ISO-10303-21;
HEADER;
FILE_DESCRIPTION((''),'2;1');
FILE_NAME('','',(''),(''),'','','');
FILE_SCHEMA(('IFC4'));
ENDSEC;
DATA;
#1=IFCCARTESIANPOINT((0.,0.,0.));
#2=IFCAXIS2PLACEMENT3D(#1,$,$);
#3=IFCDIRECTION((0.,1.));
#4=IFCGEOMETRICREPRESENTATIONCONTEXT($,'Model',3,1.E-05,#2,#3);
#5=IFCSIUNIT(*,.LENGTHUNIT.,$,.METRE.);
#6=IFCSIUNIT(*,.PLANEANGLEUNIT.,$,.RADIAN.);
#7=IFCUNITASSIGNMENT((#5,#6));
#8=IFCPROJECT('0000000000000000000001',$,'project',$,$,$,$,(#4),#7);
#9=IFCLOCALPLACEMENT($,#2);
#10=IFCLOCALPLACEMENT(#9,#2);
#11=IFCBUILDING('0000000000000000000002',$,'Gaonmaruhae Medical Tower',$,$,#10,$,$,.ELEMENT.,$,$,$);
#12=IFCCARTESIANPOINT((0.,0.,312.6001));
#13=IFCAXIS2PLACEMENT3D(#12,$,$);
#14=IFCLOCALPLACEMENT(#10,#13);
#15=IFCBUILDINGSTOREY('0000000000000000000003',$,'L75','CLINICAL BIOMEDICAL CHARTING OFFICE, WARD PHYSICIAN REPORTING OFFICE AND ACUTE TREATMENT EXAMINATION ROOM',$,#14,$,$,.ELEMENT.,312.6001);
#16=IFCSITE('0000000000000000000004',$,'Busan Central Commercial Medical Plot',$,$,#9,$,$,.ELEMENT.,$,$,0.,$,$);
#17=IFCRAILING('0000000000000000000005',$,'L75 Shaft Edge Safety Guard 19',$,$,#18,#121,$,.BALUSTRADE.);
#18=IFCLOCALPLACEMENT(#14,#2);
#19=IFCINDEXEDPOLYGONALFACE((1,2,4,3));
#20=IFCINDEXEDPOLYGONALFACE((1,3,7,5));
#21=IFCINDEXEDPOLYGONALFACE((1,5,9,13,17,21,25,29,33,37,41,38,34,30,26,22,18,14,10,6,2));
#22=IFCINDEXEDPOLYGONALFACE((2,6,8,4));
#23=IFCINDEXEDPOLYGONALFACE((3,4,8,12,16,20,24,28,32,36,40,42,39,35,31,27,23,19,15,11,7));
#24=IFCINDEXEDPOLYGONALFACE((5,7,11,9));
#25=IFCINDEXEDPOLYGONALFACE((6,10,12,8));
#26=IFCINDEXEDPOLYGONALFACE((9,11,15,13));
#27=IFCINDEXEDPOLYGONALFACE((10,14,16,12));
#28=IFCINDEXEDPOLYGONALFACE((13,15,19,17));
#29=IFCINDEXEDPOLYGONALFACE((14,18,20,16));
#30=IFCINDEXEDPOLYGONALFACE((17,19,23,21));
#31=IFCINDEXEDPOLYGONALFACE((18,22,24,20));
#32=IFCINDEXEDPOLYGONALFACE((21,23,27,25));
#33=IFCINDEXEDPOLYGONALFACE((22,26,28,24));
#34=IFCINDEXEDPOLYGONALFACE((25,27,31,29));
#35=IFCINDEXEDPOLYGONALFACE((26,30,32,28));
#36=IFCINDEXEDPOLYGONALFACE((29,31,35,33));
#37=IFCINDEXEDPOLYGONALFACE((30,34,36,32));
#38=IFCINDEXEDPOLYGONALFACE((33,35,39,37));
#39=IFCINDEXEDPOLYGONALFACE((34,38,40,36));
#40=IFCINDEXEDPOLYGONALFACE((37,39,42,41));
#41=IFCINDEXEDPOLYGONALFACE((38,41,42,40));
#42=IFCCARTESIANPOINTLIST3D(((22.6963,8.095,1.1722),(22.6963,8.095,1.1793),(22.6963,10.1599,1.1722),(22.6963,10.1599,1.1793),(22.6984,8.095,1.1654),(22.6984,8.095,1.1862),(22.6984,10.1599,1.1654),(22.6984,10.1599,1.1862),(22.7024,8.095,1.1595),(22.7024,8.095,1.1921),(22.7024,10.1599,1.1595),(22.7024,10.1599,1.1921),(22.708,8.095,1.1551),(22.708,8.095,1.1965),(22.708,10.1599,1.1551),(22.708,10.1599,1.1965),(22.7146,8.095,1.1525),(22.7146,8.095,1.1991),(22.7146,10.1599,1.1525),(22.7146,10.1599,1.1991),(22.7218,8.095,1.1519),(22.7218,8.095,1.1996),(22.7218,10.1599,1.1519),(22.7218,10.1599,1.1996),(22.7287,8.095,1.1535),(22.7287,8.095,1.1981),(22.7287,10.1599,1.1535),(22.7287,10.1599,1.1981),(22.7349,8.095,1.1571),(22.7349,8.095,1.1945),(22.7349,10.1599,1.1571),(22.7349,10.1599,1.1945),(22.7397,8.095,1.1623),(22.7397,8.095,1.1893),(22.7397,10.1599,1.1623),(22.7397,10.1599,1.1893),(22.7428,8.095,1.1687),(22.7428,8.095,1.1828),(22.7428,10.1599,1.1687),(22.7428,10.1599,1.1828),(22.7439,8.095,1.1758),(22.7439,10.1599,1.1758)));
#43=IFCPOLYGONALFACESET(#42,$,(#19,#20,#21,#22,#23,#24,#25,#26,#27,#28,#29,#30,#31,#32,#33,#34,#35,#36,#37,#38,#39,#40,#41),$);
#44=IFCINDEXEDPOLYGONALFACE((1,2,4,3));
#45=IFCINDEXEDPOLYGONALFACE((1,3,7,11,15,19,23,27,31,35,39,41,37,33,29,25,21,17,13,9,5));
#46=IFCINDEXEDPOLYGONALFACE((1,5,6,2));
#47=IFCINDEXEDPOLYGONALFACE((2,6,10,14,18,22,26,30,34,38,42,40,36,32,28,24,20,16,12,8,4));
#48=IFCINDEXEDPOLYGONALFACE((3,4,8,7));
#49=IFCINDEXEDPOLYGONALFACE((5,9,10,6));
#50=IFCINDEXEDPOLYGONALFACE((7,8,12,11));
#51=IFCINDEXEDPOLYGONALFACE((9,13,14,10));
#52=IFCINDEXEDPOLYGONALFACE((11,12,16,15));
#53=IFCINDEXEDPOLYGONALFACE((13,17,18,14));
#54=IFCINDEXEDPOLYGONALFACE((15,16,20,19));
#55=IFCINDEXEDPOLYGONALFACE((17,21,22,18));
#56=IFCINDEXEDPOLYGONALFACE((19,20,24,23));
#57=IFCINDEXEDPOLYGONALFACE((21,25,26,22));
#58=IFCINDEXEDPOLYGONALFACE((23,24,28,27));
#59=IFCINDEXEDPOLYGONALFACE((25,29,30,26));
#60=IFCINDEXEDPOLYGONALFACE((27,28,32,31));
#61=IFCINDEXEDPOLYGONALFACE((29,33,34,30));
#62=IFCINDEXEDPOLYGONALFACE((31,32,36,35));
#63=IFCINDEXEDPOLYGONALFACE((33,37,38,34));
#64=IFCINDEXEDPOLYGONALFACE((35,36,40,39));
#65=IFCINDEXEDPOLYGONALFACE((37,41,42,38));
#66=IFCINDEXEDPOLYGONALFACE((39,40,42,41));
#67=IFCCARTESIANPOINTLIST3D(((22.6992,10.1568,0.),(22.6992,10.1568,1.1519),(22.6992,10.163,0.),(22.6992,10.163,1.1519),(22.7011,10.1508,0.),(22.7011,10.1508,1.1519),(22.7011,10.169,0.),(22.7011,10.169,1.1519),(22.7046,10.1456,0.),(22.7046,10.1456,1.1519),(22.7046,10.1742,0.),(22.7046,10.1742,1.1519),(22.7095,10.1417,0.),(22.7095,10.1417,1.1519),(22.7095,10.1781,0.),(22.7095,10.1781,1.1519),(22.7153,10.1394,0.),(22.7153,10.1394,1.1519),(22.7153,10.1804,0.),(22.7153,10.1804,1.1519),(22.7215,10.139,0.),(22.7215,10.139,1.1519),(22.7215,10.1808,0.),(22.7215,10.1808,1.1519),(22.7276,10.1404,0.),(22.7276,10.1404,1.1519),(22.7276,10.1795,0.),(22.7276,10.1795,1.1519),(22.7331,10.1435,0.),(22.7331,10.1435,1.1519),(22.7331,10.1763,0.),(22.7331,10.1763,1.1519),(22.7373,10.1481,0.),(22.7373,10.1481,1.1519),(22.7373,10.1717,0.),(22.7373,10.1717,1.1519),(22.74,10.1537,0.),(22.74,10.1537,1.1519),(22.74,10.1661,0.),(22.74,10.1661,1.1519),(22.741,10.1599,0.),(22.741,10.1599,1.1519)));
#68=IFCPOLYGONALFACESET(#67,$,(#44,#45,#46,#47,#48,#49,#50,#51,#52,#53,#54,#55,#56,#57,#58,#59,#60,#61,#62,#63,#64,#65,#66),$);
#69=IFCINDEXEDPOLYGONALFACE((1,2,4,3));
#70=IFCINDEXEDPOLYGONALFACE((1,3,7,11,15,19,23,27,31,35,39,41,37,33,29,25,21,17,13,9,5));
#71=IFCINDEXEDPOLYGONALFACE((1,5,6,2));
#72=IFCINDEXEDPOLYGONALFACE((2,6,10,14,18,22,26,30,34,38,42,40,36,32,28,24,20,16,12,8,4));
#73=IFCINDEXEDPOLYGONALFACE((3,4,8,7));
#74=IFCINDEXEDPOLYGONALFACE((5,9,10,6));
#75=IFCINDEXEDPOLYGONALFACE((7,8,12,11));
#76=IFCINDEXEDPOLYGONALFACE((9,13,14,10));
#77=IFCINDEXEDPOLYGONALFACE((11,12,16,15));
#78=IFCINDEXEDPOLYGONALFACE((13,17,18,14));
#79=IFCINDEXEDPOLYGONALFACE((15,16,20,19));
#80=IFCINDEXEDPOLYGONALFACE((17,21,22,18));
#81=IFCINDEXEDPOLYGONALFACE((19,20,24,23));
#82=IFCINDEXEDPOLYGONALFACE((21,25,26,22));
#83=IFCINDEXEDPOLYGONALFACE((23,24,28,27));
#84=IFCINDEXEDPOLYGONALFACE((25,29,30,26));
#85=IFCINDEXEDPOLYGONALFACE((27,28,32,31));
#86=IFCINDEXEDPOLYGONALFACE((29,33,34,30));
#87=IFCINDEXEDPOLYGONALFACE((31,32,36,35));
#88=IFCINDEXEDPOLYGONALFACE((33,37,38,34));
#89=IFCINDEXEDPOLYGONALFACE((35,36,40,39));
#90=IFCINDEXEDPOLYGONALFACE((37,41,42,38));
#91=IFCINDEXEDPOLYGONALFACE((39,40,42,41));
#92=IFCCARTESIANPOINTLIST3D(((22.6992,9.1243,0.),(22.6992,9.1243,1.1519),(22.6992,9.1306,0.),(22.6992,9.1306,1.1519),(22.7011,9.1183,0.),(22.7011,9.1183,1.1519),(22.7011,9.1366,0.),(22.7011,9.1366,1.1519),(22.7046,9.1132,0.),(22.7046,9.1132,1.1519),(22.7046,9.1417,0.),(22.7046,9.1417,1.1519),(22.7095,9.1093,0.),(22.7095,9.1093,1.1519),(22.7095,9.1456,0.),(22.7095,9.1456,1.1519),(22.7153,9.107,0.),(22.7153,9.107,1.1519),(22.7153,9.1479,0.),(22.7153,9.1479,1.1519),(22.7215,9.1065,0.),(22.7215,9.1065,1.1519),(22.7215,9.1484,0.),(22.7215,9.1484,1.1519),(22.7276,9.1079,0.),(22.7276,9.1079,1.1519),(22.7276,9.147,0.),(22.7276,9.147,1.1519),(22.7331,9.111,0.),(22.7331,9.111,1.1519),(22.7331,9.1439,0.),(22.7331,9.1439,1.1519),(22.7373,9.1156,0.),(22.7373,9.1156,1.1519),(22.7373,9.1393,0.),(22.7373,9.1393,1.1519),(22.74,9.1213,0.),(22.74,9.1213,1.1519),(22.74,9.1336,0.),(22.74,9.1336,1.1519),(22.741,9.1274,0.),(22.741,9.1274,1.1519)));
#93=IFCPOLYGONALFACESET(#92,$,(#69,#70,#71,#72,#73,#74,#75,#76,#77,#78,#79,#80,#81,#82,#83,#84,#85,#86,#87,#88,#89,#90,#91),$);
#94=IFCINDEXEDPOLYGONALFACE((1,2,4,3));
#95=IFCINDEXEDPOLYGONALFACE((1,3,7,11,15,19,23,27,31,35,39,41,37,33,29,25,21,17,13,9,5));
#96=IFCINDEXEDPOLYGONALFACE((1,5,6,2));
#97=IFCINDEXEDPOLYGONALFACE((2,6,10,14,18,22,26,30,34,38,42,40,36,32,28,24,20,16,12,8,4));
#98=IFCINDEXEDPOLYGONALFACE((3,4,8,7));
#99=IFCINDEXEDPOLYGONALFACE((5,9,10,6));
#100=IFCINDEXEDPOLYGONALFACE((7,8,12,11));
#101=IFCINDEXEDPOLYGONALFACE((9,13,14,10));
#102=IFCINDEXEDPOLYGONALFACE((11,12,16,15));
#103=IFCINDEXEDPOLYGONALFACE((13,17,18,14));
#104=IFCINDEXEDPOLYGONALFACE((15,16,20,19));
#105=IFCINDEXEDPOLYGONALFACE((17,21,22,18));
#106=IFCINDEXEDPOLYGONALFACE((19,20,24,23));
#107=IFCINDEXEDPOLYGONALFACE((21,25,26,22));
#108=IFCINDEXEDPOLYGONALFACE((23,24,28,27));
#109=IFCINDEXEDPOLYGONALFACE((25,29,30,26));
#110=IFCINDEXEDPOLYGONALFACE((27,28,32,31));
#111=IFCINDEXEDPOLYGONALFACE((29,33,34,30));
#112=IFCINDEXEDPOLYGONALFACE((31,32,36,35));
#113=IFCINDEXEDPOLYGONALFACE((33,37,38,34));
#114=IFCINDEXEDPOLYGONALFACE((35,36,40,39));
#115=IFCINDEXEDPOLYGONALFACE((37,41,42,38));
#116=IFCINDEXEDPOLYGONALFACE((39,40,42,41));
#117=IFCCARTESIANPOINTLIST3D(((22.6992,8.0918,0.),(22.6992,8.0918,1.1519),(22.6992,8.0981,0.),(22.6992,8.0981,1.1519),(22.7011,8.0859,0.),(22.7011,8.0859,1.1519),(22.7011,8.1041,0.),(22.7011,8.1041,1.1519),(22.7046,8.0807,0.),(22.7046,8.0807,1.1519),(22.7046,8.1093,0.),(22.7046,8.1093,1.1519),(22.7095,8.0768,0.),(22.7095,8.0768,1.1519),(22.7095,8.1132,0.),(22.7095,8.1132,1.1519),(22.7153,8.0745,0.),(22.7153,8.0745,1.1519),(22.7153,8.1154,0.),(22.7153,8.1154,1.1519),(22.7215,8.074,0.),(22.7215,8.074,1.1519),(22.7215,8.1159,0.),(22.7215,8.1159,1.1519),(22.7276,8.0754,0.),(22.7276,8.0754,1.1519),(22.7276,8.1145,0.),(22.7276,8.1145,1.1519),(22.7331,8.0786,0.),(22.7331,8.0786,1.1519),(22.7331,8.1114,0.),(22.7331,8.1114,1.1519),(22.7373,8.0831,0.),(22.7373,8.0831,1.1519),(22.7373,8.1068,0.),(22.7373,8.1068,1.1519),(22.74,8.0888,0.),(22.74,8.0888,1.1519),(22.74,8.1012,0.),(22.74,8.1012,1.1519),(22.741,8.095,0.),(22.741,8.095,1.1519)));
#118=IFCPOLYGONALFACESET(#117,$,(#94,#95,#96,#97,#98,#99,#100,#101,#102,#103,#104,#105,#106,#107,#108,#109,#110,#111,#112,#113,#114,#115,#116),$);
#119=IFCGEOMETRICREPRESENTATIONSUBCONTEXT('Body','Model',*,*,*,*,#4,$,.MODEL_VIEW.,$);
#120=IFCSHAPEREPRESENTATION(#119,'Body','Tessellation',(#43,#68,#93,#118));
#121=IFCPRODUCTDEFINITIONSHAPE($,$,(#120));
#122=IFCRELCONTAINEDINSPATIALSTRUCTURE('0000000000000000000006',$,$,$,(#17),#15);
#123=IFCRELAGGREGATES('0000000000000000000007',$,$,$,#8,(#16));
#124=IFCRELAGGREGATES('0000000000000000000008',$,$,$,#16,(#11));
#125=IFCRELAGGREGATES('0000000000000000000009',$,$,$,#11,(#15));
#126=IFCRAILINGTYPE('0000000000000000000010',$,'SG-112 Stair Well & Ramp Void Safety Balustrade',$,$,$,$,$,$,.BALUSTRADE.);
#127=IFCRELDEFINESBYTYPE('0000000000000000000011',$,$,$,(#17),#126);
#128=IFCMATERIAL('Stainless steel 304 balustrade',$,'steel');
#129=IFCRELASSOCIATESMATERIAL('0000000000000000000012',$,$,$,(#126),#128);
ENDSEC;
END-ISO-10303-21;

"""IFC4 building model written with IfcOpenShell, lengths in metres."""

from ifc_helpers import new_model, si_unit, direction, frame, origin, origin_2d, place, context, subcontext, project, spatial, circle, extrude, material, type_object, element, save


model = new_model("IFC4")

# Units and contexts
model_context = context("Model", 3, precision=1e-05, world=origin(), true_north=direction((0.0, 1.0)))
body_context = subcontext(model_context, "Body", "Model", "MODEL_VIEW")
ifc_project = project(units=[si_unit("LENGTHUNIT", "METRE"), si_unit("PLANEANGLEUNIT", "RADIAN")], contexts=[model_context])

# Site, building, storey
site_placement = place(None, origin())
site = spatial("IfcSite", under=ifc_project, at=site_placement, Name="Busan Central Commercial Medical Plot", CompositionType="ELEMENT", RefElevation=0.0)
building_placement = place(site_placement, origin())
building = spatial("IfcBuilding", under=site, at=building_placement, Name="Gaonmaruhae Medical Tower", CompositionType="ELEMENT")
storey_placement = place(building_placement, frame((0.0, 0.0, 312.6001)))
storey = spatial("IfcBuildingStorey", under=building, at=storey_placement, Name="L75", Description="CLINICAL BIOMEDICAL CHARTING OFFICE, WARD PHYSICIAN REPORTING OFFICE AND ACUTE TREATMENT EXAMINATION ROOM", CompositionType="ELEMENT", Elevation=312.6001)

# Railing
ifc_material_1 = material(Name="Stainless steel 304 balustrade", Category="steel")
railing_type_1 = type_object("IfcRailingType", Name="SG-112 Stair Well & Ramp Void Safety Balustrade", PredefinedType="BALUSTRADE", material=ifc_material_1)
railing_1_placement = place(storey_placement, frame((22.72, 10.1599, 0.0)))
element("IfcRailing", 1, at=railing_1_placement, inside=storey, type_object=railing_type_1, Name="L75 Shaft Edge Safety Guard 19", PredefinedType="BALUSTRADE", context=body_context, shape_type="SweptSolid", body=[
    extrude(circle(Radius=0.0239, at=origin_2d()), frame((0.0, 0.0, 1.1758), z_axis=(0.0, -1.0, 0.0), x_axis=(1.0, 0.0, 0.0)), (0.0, 0.0, 1.0), 2.0649),
    extrude(circle(Radius=0.021, at=origin_2d()), origin(), (0.0, 0.0, 1.0), 1.1519),
    extrude(circle(Radius=0.021, at=origin_2d()), frame((0.0, -1.0325, 0.0)), (0.0, 0.0, 1.0), 1.1519),
    extrude(circle(Radius=0.021, at=origin_2d()), frame((0.0, -2.0649, 0.0)), (0.0, 0.0, 1.0), 1.1519),
])

save(model, "model.ifc")
